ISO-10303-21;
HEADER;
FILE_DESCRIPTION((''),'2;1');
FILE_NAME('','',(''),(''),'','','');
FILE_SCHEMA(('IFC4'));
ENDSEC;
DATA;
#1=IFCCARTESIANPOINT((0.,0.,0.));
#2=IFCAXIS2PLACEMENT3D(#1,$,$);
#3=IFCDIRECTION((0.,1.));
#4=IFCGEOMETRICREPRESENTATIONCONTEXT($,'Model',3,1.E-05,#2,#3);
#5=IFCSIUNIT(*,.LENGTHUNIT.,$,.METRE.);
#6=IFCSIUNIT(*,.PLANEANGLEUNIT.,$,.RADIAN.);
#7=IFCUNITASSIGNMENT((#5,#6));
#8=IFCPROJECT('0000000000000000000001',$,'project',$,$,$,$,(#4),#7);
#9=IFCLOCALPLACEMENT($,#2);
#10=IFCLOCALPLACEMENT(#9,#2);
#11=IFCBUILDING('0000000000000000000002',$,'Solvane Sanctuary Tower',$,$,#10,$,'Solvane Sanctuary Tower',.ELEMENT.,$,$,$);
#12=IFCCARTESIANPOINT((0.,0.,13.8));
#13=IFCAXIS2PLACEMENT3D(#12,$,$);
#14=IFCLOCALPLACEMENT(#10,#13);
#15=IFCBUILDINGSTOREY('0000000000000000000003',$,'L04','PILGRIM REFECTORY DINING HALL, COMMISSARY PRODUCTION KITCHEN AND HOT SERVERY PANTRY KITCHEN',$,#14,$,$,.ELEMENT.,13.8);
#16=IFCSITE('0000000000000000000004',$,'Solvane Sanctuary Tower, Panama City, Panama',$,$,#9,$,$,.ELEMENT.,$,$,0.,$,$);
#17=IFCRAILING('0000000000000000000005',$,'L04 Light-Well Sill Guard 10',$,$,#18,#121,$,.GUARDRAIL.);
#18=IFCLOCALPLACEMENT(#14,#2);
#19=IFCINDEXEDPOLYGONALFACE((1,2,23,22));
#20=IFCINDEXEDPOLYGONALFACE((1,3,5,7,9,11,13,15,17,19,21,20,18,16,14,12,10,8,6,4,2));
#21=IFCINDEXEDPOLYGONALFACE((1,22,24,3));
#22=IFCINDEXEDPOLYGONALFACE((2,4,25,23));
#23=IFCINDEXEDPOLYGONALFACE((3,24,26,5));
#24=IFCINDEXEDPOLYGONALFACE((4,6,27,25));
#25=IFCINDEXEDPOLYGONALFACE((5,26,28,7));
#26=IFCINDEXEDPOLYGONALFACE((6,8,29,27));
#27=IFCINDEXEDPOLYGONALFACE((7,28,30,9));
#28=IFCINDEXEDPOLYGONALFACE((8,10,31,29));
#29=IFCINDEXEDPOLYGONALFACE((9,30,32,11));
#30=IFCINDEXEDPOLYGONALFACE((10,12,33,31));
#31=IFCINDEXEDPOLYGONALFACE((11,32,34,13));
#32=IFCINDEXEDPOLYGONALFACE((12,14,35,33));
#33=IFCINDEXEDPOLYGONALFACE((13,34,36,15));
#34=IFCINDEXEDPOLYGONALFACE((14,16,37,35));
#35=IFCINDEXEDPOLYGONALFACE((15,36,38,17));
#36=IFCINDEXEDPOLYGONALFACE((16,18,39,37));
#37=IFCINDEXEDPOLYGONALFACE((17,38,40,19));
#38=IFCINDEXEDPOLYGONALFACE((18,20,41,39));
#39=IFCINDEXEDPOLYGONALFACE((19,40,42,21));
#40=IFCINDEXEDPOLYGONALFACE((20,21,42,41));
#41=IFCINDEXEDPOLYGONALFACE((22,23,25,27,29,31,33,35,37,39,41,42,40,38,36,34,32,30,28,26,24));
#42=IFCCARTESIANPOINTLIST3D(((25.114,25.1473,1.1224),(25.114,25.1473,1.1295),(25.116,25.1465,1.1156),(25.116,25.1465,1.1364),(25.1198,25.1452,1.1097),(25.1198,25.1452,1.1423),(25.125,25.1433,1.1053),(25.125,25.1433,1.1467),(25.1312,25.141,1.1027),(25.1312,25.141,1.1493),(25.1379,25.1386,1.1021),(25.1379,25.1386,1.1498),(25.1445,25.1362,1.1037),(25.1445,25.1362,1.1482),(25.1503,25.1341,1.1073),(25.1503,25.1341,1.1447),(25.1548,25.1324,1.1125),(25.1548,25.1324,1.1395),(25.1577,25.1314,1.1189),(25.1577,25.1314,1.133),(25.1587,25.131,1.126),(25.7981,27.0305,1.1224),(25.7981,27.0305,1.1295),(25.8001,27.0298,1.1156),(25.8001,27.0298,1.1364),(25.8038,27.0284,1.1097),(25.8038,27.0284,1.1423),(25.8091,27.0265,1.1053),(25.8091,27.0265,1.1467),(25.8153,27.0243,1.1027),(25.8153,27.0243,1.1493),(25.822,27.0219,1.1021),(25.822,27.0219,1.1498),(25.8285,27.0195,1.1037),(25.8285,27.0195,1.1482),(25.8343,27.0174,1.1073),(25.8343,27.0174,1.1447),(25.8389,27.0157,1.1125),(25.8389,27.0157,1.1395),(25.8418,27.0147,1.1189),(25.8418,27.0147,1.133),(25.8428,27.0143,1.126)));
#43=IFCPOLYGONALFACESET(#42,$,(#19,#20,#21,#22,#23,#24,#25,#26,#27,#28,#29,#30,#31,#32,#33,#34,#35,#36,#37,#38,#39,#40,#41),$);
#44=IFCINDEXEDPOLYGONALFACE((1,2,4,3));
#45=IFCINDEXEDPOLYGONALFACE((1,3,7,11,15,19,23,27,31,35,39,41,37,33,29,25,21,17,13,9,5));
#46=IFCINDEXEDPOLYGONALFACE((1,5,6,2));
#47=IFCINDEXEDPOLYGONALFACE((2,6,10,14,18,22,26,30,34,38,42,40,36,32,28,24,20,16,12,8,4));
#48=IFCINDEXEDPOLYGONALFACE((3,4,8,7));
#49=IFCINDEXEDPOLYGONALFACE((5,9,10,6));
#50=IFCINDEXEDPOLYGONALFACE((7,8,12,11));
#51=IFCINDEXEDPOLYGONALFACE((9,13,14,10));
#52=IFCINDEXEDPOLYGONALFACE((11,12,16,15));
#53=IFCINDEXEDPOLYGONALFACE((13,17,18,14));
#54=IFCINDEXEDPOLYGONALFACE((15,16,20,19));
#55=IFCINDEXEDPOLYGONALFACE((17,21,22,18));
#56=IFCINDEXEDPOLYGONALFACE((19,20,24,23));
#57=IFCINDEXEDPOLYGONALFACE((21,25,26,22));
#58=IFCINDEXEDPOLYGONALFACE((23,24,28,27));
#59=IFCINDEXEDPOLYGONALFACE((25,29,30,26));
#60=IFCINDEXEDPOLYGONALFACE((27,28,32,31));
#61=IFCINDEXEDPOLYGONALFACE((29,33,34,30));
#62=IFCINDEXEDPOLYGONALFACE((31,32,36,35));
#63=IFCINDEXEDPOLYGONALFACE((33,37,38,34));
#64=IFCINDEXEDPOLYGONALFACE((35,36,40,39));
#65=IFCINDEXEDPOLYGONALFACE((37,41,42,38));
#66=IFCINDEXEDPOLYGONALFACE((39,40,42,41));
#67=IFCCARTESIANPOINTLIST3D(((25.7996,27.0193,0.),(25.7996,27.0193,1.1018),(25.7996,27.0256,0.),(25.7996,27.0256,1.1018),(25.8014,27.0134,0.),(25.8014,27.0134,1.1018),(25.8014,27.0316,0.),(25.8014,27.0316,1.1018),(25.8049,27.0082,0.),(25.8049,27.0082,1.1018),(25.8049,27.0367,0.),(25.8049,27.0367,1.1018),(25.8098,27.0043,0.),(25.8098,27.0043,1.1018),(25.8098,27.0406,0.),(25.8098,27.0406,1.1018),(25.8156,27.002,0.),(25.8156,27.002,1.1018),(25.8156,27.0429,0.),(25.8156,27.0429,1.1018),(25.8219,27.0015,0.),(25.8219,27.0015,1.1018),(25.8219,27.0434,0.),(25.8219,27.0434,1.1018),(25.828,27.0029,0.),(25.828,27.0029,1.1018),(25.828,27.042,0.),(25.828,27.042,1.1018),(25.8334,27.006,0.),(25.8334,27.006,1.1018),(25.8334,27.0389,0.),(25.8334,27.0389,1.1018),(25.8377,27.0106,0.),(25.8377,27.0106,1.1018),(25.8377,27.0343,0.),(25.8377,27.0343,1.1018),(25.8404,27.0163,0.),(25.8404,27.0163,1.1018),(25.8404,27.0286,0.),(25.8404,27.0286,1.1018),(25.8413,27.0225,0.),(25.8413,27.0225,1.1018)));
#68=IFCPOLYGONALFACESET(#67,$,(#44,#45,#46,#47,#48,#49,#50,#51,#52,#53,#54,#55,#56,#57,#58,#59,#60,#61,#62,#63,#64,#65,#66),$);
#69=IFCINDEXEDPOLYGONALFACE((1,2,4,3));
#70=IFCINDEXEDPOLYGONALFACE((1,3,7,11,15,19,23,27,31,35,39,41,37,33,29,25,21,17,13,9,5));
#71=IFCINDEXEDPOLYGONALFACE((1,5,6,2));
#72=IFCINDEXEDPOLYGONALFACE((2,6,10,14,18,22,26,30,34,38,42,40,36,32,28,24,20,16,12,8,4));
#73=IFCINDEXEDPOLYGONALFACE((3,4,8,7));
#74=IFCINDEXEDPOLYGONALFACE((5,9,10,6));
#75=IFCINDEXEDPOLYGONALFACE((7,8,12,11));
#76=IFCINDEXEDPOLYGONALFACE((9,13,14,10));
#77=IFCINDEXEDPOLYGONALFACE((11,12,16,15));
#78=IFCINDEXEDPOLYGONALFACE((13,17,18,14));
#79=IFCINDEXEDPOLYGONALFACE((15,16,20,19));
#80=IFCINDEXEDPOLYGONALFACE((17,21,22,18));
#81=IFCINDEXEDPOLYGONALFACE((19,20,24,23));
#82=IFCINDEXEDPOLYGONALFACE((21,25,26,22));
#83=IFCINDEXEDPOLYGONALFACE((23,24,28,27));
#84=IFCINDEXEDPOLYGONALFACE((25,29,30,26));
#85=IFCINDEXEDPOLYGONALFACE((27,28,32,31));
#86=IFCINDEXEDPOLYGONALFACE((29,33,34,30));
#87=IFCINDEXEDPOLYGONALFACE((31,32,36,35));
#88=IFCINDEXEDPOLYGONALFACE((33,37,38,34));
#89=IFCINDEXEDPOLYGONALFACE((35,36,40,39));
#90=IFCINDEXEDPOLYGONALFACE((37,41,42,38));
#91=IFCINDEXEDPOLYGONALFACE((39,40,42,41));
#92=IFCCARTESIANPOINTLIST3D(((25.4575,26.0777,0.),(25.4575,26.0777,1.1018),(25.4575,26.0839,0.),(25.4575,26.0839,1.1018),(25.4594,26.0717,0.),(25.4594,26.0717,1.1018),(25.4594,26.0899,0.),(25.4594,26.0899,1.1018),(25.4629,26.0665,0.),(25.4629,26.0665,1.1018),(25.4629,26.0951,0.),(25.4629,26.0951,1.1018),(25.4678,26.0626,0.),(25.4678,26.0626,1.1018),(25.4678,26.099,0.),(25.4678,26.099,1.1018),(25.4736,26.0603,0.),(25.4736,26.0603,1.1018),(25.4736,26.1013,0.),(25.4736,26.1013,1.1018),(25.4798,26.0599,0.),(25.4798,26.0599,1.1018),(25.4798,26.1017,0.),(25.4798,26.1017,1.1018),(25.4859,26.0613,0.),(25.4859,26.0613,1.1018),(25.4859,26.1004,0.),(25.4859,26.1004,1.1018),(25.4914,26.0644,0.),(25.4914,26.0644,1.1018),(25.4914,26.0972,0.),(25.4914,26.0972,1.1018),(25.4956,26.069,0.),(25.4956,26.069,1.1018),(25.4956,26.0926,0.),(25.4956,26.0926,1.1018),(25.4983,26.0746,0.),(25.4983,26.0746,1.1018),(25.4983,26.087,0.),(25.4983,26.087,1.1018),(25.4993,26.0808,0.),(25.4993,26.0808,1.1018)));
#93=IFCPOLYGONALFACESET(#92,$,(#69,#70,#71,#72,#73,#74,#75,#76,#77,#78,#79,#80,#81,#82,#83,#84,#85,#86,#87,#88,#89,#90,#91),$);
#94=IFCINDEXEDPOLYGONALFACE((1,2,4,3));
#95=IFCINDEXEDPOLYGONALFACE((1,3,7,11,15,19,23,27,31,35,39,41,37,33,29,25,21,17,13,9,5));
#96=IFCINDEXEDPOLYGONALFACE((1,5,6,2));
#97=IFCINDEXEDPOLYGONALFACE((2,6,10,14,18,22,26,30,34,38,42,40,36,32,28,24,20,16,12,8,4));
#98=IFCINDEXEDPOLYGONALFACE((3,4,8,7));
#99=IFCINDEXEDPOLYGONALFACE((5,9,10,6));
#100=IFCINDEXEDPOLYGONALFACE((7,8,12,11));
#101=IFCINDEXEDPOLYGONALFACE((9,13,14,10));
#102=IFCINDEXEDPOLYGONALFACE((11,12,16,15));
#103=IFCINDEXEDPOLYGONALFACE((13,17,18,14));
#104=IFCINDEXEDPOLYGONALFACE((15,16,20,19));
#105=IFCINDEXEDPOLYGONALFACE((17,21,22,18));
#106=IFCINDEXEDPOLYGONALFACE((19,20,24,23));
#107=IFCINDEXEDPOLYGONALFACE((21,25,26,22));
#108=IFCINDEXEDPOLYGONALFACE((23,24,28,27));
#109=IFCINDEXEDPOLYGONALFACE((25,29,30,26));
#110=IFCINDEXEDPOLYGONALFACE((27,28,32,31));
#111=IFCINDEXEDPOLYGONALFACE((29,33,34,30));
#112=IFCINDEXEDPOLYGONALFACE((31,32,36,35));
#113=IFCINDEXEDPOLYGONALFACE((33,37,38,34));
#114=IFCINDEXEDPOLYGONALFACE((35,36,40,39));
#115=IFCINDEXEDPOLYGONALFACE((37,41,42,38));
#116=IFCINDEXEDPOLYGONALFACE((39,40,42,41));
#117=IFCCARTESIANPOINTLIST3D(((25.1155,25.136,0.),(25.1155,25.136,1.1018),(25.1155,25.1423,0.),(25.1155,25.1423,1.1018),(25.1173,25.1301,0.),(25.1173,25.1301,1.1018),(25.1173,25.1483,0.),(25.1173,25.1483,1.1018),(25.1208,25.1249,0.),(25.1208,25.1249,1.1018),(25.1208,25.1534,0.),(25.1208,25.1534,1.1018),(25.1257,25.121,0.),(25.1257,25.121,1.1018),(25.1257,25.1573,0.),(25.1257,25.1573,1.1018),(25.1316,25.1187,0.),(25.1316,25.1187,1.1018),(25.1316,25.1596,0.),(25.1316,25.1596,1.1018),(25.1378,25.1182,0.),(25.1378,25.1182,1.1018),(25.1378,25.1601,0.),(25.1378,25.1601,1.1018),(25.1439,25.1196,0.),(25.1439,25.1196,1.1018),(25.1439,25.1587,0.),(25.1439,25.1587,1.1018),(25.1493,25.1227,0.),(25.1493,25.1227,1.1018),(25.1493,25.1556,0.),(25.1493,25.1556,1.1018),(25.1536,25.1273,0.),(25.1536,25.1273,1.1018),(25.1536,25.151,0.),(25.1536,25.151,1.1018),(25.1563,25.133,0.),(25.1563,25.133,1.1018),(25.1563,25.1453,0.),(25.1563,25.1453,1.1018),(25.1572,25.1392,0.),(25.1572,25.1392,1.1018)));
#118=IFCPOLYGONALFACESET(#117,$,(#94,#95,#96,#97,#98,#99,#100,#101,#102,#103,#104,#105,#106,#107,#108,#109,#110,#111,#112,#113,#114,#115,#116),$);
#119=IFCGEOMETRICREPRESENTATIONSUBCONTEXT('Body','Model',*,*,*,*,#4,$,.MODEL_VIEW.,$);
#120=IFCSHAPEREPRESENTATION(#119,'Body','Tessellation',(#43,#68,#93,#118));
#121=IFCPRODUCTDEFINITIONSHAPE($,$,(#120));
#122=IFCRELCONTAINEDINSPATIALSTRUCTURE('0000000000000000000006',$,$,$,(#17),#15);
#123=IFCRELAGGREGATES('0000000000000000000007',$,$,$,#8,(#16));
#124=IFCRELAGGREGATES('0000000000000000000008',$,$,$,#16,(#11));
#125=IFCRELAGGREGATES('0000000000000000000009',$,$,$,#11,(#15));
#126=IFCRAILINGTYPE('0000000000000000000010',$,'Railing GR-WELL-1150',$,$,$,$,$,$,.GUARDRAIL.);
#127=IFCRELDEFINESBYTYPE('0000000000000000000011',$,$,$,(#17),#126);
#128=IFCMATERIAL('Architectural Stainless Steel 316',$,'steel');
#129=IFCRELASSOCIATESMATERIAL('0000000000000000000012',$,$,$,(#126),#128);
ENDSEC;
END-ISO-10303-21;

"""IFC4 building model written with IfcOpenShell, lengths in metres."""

from ifc_helpers import new_model, si_unit, direction, frame, origin, origin_2d, place, context, subcontext, project, spatial, circle, extrude, material, type_object, element, save


model = new_model("IFC4")

# Units and contexts
model_context = context("Model", 3, precision=1e-05, world=origin(), true_north=direction((0.0, 1.0)))
body_context = subcontext(model_context, "Body", "Model", "MODEL_VIEW")
ifc_project = project(units=[si_unit("LENGTHUNIT", "METRE"), si_unit("PLANEANGLEUNIT", "RADIAN")], contexts=[model_context])

# Site, building, storey
site_placement = place(None, origin())
site = spatial("IfcSite", under=ifc_project, at=site_placement, Name="Solvane Sanctuary Tower, Panama City, Panama", CompositionType="ELEMENT", RefElevation=0.0)
building_placement = place(site_placement, origin())
building = spatial("IfcBuilding", under=site, at=building_placement, Name="Solvane Sanctuary Tower", LongName="Solvane Sanctuary Tower", CompositionType="ELEMENT")
storey_placement = place(building_placement, frame((0.0, 0.0, 13.8)))
storey = spatial("IfcBuildingStorey", under=building, at=storey_placement, Name="L04", Description="PILGRIM REFECTORY DINING HALL, COMMISSARY PRODUCTION KITCHEN AND HOT SERVERY PANTRY KITCHEN", CompositionType="ELEMENT", Elevation=13.8)

# Shared definitions
ifc_material_1 = material(Name="Architectural Stainless Steel 316", Category="steel")

# Railing
railing_type = type_object("IfcRailingType", Name="Railing GR-WELL-1150", PredefinedType="GUARDRAIL", material=ifc_material_1)
railing_1_placement = place(storey_placement, frame((25.8203, 27.0225, 0.0)))
element("IfcRailing", 1, at=railing_1_placement, inside=storey, type_object=railing_type, Name="L04 Light-Well Sill Guard 10", PredefinedType="GUARDRAIL", context=body_context, shape_type="SweptSolid", body=[
    extrude(circle(Radius=0.0239, at=origin_2d()), frame((0.0, 0.0, 1.126), z_axis=(-0.34141, -0.939914, 0.0), x_axis=(0.939914, -0.34141, 0.0)), (0.0, 0.0, 1.0), 2.0037),
    extrude(circle(Radius=0.021, at=origin_2d()), origin(), (0.0, 0.0, 1.0), 1.1018),
    extrude(circle(Radius=0.021, at=origin_2d()), frame((-0.342, -0.9417, 0.0)), (0.0, 0.0, 1.0), 1.1018),
    extrude(circle(Radius=0.021, at=origin_2d()), frame((-0.6841, -1.8833, 0.0)), (0.0, 0.0, 1.0), 1.1018),
])

save(model, "model.ifc")
